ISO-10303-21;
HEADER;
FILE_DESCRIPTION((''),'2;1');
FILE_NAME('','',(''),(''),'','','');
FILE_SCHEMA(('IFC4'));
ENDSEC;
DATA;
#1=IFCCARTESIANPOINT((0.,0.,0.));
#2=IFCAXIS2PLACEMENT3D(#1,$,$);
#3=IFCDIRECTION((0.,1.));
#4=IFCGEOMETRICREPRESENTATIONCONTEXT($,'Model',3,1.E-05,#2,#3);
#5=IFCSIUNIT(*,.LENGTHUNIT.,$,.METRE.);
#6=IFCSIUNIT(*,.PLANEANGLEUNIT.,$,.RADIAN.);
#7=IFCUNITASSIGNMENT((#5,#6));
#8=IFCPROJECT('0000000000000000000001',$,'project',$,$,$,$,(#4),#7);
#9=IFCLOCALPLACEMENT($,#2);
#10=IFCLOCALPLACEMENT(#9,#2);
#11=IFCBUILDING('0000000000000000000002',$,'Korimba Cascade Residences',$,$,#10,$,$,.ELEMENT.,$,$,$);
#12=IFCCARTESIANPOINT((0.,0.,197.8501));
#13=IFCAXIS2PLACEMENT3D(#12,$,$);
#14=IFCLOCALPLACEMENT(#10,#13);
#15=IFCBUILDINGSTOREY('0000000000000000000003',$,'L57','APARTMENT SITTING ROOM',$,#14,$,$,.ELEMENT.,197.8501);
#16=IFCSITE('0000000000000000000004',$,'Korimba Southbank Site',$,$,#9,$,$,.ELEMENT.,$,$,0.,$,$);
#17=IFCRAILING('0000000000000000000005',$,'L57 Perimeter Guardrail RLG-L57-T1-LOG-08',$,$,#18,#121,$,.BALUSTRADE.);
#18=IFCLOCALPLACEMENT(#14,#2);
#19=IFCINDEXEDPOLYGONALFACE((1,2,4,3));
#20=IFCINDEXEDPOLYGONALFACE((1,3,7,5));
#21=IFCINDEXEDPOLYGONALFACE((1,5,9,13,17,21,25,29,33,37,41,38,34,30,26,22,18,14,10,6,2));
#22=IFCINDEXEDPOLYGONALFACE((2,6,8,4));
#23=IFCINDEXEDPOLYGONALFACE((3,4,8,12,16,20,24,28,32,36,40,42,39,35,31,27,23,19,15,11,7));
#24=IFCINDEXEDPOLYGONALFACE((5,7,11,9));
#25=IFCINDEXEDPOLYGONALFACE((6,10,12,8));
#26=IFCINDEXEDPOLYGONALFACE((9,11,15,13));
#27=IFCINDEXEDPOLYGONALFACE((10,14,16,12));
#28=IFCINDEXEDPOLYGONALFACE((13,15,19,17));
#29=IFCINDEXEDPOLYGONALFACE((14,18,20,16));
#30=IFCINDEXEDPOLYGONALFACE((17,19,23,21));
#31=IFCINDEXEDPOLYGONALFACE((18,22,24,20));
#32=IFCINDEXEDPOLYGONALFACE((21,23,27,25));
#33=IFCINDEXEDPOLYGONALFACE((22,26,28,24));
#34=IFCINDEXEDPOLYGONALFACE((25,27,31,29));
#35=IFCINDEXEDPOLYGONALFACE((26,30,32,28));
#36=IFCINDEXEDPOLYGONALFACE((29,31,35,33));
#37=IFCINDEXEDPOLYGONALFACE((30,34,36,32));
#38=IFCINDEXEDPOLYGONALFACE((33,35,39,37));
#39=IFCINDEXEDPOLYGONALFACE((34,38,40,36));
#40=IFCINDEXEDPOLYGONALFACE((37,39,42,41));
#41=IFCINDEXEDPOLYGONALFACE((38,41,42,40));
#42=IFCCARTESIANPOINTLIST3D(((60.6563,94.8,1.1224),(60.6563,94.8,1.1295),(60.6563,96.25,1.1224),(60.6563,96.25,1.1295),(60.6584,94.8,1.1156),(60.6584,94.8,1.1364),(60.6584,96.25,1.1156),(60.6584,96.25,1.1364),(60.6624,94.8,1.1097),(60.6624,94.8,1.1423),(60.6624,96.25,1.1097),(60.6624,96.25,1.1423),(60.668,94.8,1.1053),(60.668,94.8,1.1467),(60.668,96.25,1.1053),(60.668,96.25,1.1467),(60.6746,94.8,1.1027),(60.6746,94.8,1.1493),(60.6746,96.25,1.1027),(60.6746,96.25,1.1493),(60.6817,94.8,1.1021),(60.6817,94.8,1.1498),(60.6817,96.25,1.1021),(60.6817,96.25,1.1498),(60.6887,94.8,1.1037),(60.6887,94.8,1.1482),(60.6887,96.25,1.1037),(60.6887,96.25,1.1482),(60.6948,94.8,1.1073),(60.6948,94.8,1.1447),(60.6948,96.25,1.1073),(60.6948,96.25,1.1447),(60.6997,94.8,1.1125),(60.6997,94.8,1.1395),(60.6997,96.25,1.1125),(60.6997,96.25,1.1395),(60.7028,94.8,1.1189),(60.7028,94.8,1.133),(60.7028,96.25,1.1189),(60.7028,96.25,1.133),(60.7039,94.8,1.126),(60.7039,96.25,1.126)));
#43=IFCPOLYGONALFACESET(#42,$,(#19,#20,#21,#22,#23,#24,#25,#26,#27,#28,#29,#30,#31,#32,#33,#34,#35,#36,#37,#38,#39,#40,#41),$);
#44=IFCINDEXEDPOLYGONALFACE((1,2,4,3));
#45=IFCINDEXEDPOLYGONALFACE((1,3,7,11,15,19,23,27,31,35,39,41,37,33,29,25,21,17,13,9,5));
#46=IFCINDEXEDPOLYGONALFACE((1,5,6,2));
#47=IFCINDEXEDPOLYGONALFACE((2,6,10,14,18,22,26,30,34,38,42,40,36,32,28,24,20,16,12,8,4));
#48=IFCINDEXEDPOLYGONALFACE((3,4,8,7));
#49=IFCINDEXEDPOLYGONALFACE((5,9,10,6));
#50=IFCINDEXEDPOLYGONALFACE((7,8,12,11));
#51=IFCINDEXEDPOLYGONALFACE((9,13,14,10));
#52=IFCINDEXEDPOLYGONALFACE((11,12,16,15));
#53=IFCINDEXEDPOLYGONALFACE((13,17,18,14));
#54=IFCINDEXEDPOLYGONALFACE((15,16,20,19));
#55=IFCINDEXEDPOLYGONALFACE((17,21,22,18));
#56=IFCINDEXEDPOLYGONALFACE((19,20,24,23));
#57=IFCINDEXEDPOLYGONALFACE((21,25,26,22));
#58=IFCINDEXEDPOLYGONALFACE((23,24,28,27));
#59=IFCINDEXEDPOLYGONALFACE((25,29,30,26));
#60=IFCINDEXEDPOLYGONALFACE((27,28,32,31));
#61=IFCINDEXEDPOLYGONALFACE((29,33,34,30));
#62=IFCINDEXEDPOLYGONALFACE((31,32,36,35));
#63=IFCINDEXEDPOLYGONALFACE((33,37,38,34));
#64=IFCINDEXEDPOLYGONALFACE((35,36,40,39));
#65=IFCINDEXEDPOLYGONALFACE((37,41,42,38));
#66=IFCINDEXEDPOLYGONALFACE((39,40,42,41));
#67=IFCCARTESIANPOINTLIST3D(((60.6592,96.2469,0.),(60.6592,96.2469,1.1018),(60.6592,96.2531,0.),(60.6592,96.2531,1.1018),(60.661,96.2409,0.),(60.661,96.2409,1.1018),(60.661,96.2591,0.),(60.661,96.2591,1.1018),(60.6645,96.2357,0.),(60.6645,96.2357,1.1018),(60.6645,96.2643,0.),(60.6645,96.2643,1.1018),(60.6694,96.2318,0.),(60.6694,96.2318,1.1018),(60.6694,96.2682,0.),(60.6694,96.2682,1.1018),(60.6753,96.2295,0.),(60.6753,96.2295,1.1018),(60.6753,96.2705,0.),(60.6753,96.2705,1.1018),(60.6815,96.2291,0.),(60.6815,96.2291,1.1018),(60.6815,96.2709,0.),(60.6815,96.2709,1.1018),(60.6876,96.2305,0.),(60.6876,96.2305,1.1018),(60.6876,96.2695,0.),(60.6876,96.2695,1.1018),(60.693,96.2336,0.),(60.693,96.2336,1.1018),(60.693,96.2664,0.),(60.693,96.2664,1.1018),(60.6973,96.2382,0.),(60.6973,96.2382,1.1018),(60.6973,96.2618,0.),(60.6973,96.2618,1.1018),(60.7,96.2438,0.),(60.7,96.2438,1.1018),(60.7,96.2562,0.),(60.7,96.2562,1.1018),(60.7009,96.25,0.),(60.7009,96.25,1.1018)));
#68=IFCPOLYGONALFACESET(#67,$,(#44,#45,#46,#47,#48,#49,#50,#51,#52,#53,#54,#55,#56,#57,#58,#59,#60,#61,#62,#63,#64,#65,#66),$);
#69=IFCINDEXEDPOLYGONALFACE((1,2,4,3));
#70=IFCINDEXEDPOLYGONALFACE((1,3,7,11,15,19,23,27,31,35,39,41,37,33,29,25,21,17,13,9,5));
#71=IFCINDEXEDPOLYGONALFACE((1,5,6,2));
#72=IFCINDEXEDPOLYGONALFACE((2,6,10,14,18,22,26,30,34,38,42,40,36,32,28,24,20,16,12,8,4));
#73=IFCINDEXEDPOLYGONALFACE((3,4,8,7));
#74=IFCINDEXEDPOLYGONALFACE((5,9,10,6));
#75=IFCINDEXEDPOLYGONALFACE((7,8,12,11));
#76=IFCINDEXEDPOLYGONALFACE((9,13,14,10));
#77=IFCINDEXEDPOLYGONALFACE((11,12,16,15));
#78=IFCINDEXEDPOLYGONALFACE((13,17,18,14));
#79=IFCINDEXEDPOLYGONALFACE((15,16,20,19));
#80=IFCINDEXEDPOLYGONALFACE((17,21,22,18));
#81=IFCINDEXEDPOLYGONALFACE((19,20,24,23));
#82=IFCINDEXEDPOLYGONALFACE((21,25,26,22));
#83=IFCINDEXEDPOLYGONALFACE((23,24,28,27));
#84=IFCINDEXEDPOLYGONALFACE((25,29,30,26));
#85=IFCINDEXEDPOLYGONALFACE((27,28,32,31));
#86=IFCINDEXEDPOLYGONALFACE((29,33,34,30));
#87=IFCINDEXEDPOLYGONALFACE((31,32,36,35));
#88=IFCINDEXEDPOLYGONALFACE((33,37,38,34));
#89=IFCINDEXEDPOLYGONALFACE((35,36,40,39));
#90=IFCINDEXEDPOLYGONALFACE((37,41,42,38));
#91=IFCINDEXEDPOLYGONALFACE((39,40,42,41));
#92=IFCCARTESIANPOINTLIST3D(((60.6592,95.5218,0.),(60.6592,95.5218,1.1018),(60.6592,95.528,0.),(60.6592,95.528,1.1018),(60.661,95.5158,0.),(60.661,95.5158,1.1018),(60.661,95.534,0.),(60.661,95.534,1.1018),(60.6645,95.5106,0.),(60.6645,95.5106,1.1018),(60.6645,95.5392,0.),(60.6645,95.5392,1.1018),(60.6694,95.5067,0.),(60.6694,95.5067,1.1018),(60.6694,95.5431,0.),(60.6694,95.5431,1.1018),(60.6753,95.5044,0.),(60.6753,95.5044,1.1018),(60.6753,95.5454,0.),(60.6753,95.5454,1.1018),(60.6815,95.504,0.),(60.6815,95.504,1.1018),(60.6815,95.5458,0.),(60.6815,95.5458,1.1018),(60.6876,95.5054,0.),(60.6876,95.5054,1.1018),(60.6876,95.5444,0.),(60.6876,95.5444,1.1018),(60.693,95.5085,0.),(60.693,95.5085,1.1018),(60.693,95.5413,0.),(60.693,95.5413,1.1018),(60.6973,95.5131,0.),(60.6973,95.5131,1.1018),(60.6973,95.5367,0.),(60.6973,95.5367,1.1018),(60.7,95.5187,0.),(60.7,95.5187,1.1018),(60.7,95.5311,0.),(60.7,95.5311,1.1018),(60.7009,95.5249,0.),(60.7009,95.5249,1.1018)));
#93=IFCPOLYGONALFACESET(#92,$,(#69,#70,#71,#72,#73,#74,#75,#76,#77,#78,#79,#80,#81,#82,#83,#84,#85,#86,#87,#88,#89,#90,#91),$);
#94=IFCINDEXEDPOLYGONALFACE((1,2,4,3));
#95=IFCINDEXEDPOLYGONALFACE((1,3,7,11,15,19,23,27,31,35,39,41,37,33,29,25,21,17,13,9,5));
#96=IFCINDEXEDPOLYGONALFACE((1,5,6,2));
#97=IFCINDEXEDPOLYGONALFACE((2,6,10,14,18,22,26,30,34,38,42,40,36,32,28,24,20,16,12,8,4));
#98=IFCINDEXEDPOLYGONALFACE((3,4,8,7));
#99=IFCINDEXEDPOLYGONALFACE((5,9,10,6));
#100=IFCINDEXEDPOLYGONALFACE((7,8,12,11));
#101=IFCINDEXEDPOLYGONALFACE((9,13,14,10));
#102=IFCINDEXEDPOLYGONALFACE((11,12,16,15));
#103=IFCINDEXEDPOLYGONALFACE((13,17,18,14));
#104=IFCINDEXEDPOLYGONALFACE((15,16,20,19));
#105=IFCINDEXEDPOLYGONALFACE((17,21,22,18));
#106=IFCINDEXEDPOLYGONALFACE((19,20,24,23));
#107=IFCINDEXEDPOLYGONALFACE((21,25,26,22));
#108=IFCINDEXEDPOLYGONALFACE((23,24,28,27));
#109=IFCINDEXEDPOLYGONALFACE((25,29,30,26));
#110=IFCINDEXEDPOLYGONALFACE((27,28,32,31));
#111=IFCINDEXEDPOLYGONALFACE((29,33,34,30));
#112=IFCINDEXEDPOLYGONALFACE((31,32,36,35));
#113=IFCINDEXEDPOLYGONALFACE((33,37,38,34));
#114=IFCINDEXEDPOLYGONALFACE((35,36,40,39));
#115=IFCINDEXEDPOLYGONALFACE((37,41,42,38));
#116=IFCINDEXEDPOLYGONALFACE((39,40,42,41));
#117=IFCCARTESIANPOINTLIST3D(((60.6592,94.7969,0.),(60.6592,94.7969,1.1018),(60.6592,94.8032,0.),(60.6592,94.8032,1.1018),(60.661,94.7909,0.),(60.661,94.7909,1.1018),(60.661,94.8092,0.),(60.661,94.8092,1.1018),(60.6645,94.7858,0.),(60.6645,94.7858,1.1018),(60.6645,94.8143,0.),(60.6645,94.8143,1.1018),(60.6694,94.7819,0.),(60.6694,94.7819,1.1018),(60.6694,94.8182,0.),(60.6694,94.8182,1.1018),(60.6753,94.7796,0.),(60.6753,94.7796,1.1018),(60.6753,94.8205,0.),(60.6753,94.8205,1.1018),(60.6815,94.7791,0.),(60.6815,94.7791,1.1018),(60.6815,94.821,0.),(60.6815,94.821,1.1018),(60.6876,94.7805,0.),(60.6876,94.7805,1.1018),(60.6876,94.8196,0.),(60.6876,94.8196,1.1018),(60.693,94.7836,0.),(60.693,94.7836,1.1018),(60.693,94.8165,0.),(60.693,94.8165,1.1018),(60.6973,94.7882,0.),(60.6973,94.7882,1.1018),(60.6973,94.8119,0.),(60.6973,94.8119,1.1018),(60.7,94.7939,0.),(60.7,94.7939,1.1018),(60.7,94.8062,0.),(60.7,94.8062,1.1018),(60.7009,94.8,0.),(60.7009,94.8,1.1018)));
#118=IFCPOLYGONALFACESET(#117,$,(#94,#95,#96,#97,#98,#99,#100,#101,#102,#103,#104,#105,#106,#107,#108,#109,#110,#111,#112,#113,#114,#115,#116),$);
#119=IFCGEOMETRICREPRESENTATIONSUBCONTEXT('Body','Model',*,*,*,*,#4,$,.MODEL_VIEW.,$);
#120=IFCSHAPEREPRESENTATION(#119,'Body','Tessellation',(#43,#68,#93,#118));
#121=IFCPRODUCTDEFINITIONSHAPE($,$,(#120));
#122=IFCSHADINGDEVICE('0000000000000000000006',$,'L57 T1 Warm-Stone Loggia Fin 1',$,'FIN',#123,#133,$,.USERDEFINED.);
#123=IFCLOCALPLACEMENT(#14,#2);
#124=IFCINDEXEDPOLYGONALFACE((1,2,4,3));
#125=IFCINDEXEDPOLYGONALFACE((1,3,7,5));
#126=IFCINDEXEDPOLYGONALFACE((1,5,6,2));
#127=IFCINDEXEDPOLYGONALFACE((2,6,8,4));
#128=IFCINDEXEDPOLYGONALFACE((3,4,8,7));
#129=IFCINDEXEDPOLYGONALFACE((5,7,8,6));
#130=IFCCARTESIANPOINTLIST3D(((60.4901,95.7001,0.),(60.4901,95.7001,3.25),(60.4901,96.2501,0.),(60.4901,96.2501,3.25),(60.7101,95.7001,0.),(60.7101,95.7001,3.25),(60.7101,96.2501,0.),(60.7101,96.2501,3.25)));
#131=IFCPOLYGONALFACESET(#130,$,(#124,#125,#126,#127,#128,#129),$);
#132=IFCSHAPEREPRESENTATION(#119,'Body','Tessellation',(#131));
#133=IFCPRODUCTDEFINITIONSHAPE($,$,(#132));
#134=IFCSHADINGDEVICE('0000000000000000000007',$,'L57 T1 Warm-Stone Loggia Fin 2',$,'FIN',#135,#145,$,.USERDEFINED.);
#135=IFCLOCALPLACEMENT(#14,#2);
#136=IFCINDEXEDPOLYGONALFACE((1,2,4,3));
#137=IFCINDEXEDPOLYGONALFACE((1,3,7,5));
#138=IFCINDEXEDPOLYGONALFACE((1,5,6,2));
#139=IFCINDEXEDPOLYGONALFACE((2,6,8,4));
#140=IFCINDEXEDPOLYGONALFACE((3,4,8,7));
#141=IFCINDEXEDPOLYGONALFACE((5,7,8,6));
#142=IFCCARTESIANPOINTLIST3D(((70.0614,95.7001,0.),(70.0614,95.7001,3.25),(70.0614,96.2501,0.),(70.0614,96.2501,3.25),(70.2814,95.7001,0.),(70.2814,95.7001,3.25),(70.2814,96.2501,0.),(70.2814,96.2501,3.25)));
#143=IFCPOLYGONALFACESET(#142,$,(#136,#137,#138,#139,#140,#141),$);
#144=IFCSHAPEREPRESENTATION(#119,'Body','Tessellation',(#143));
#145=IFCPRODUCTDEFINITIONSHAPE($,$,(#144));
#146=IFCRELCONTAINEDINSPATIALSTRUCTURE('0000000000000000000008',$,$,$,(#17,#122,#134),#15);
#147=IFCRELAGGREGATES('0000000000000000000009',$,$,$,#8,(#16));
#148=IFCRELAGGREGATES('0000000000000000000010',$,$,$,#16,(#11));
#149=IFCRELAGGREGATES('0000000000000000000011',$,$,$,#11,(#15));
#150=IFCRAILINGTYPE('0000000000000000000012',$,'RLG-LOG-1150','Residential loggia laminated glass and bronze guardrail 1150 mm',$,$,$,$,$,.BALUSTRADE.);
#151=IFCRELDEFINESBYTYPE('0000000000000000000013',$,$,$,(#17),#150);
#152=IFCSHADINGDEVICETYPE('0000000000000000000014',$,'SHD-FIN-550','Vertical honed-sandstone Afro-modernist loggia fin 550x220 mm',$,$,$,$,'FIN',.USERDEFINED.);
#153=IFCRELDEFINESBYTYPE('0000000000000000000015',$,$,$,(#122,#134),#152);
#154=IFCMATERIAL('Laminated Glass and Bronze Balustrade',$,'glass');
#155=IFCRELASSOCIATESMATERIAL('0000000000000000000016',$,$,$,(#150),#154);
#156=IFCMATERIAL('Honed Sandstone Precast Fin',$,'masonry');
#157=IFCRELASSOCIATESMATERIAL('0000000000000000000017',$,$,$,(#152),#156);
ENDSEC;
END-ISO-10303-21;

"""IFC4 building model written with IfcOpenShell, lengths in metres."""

from ifc_helpers import new_model, si_unit, direction, frame, origin, origin_2d, place, context, subcontext, project, spatial, rectangle, circle, extrude, material, type_object, element, save


model = new_model("IFC4")

# Units and contexts
model_context = context("Model", 3, precision=1e-05, world=origin(), true_north=direction((0.0, 1.0)))
body_context = subcontext(model_context, "Body", "Model", "MODEL_VIEW")
ifc_project = project(units=[si_unit("LENGTHUNIT", "METRE"), si_unit("PLANEANGLEUNIT", "RADIAN")], contexts=[model_context])

# Site, building, storey
site_placement = place(None, origin())
site = spatial("IfcSite", under=ifc_project, at=site_placement, Name="Korimba Southbank Site", CompositionType="ELEMENT", RefElevation=0.0)
building_placement = place(site_placement, origin())
building = spatial("IfcBuilding", under=site, at=building_placement, Name="Korimba Cascade Residences", CompositionType="ELEMENT")
storey_placement = place(building_placement, frame((0.0, 0.0, 197.8501)))
storey = spatial("IfcBuildingStorey", under=building, at=storey_placement, Name="L57", Description="APARTMENT SITTING ROOM", CompositionType="ELEMENT", Elevation=197.8501)

# Railing
ifc_material_1 = material(Name="Laminated Glass and Bronze Balustrade", Category="glass")
railing_type = type_object("IfcRailingType", Name="RLG-LOG-1150", Description="Residential loggia laminated glass and bronze guardrail 1150 mm", PredefinedType="BALUSTRADE", material=ifc_material_1)
railing_placement = place(storey_placement, frame((60.6799, 96.25, 0.0)))
element("IfcRailing", 1, at=railing_placement, inside=storey, type_object=railing_type, Name="L57 Perimeter Guardrail RLG-L57-T1-LOG-08", PredefinedType="BALUSTRADE", context=body_context, shape_type="SweptSolid", body=[
    extrude(circle(Radius=0.0239, at=origin_2d()), frame((0.0, 0.0, 1.126), z_axis=(0.0, -1.0, 0.0), x_axis=(1.0, 0.0, 0.0)), (0.0, 0.0, 1.0), 1.45),
    extrude(circle(Radius=0.021, at=origin_2d()), origin(), (0.0, 0.0, 1.0), 1.1018),
    extrude(circle(Radius=0.021, at=origin_2d()), frame((0.0, -0.7251, 0.0)), (0.0, 0.0, 1.0), 1.1018),
    extrude(circle(Radius=0.021, at=origin_2d()), frame((0.0, -1.45, 0.0)), (0.0, 0.0, 1.0), 1.1018),
])

# Shading devices
ifc_material_2 = material(Name="Honed Sandstone Precast Fin", Category="masonry")
shading_device_type = type_object("IfcShadingDeviceType", Name="SHD-FIN-550", Description="Vertical honed-sandstone Afro-modernist loggia fin 550x220 mm", ElementType="FIN", PredefinedType="USERDEFINED", material=ifc_material_2)
for number, where, z_axis, x_axis, name in (
    (2, (60.6001, 95.9751, 0.0), (0.0, 0.0, 1.0), (1.0, 0.0, 0.0), "L57 T1 Warm-Stone Loggia Fin 1"),
    (3, (70.1714, 95.9751, 0.0), (0.0, 0.0, 1.0), (1.0, 0.0, 0.0), "L57 T1 Warm-Stone Loggia Fin 2"),
):
    element("IfcShadingDevice", number, at=place(storey_placement, frame(where, z_axis=z_axis, x_axis=x_axis)), inside=storey, type_object=shading_device_type, Name=name, ObjectType="FIN", PredefinedType="USERDEFINED", context=body_context, shape_type="SweptSolid", body=[
        extrude(rectangle(XDim=0.22, YDim=0.55, at=origin_2d()), origin(), (0.0, 0.0, 1.0), 3.25),
    ])

save(model, "model.ifc")
